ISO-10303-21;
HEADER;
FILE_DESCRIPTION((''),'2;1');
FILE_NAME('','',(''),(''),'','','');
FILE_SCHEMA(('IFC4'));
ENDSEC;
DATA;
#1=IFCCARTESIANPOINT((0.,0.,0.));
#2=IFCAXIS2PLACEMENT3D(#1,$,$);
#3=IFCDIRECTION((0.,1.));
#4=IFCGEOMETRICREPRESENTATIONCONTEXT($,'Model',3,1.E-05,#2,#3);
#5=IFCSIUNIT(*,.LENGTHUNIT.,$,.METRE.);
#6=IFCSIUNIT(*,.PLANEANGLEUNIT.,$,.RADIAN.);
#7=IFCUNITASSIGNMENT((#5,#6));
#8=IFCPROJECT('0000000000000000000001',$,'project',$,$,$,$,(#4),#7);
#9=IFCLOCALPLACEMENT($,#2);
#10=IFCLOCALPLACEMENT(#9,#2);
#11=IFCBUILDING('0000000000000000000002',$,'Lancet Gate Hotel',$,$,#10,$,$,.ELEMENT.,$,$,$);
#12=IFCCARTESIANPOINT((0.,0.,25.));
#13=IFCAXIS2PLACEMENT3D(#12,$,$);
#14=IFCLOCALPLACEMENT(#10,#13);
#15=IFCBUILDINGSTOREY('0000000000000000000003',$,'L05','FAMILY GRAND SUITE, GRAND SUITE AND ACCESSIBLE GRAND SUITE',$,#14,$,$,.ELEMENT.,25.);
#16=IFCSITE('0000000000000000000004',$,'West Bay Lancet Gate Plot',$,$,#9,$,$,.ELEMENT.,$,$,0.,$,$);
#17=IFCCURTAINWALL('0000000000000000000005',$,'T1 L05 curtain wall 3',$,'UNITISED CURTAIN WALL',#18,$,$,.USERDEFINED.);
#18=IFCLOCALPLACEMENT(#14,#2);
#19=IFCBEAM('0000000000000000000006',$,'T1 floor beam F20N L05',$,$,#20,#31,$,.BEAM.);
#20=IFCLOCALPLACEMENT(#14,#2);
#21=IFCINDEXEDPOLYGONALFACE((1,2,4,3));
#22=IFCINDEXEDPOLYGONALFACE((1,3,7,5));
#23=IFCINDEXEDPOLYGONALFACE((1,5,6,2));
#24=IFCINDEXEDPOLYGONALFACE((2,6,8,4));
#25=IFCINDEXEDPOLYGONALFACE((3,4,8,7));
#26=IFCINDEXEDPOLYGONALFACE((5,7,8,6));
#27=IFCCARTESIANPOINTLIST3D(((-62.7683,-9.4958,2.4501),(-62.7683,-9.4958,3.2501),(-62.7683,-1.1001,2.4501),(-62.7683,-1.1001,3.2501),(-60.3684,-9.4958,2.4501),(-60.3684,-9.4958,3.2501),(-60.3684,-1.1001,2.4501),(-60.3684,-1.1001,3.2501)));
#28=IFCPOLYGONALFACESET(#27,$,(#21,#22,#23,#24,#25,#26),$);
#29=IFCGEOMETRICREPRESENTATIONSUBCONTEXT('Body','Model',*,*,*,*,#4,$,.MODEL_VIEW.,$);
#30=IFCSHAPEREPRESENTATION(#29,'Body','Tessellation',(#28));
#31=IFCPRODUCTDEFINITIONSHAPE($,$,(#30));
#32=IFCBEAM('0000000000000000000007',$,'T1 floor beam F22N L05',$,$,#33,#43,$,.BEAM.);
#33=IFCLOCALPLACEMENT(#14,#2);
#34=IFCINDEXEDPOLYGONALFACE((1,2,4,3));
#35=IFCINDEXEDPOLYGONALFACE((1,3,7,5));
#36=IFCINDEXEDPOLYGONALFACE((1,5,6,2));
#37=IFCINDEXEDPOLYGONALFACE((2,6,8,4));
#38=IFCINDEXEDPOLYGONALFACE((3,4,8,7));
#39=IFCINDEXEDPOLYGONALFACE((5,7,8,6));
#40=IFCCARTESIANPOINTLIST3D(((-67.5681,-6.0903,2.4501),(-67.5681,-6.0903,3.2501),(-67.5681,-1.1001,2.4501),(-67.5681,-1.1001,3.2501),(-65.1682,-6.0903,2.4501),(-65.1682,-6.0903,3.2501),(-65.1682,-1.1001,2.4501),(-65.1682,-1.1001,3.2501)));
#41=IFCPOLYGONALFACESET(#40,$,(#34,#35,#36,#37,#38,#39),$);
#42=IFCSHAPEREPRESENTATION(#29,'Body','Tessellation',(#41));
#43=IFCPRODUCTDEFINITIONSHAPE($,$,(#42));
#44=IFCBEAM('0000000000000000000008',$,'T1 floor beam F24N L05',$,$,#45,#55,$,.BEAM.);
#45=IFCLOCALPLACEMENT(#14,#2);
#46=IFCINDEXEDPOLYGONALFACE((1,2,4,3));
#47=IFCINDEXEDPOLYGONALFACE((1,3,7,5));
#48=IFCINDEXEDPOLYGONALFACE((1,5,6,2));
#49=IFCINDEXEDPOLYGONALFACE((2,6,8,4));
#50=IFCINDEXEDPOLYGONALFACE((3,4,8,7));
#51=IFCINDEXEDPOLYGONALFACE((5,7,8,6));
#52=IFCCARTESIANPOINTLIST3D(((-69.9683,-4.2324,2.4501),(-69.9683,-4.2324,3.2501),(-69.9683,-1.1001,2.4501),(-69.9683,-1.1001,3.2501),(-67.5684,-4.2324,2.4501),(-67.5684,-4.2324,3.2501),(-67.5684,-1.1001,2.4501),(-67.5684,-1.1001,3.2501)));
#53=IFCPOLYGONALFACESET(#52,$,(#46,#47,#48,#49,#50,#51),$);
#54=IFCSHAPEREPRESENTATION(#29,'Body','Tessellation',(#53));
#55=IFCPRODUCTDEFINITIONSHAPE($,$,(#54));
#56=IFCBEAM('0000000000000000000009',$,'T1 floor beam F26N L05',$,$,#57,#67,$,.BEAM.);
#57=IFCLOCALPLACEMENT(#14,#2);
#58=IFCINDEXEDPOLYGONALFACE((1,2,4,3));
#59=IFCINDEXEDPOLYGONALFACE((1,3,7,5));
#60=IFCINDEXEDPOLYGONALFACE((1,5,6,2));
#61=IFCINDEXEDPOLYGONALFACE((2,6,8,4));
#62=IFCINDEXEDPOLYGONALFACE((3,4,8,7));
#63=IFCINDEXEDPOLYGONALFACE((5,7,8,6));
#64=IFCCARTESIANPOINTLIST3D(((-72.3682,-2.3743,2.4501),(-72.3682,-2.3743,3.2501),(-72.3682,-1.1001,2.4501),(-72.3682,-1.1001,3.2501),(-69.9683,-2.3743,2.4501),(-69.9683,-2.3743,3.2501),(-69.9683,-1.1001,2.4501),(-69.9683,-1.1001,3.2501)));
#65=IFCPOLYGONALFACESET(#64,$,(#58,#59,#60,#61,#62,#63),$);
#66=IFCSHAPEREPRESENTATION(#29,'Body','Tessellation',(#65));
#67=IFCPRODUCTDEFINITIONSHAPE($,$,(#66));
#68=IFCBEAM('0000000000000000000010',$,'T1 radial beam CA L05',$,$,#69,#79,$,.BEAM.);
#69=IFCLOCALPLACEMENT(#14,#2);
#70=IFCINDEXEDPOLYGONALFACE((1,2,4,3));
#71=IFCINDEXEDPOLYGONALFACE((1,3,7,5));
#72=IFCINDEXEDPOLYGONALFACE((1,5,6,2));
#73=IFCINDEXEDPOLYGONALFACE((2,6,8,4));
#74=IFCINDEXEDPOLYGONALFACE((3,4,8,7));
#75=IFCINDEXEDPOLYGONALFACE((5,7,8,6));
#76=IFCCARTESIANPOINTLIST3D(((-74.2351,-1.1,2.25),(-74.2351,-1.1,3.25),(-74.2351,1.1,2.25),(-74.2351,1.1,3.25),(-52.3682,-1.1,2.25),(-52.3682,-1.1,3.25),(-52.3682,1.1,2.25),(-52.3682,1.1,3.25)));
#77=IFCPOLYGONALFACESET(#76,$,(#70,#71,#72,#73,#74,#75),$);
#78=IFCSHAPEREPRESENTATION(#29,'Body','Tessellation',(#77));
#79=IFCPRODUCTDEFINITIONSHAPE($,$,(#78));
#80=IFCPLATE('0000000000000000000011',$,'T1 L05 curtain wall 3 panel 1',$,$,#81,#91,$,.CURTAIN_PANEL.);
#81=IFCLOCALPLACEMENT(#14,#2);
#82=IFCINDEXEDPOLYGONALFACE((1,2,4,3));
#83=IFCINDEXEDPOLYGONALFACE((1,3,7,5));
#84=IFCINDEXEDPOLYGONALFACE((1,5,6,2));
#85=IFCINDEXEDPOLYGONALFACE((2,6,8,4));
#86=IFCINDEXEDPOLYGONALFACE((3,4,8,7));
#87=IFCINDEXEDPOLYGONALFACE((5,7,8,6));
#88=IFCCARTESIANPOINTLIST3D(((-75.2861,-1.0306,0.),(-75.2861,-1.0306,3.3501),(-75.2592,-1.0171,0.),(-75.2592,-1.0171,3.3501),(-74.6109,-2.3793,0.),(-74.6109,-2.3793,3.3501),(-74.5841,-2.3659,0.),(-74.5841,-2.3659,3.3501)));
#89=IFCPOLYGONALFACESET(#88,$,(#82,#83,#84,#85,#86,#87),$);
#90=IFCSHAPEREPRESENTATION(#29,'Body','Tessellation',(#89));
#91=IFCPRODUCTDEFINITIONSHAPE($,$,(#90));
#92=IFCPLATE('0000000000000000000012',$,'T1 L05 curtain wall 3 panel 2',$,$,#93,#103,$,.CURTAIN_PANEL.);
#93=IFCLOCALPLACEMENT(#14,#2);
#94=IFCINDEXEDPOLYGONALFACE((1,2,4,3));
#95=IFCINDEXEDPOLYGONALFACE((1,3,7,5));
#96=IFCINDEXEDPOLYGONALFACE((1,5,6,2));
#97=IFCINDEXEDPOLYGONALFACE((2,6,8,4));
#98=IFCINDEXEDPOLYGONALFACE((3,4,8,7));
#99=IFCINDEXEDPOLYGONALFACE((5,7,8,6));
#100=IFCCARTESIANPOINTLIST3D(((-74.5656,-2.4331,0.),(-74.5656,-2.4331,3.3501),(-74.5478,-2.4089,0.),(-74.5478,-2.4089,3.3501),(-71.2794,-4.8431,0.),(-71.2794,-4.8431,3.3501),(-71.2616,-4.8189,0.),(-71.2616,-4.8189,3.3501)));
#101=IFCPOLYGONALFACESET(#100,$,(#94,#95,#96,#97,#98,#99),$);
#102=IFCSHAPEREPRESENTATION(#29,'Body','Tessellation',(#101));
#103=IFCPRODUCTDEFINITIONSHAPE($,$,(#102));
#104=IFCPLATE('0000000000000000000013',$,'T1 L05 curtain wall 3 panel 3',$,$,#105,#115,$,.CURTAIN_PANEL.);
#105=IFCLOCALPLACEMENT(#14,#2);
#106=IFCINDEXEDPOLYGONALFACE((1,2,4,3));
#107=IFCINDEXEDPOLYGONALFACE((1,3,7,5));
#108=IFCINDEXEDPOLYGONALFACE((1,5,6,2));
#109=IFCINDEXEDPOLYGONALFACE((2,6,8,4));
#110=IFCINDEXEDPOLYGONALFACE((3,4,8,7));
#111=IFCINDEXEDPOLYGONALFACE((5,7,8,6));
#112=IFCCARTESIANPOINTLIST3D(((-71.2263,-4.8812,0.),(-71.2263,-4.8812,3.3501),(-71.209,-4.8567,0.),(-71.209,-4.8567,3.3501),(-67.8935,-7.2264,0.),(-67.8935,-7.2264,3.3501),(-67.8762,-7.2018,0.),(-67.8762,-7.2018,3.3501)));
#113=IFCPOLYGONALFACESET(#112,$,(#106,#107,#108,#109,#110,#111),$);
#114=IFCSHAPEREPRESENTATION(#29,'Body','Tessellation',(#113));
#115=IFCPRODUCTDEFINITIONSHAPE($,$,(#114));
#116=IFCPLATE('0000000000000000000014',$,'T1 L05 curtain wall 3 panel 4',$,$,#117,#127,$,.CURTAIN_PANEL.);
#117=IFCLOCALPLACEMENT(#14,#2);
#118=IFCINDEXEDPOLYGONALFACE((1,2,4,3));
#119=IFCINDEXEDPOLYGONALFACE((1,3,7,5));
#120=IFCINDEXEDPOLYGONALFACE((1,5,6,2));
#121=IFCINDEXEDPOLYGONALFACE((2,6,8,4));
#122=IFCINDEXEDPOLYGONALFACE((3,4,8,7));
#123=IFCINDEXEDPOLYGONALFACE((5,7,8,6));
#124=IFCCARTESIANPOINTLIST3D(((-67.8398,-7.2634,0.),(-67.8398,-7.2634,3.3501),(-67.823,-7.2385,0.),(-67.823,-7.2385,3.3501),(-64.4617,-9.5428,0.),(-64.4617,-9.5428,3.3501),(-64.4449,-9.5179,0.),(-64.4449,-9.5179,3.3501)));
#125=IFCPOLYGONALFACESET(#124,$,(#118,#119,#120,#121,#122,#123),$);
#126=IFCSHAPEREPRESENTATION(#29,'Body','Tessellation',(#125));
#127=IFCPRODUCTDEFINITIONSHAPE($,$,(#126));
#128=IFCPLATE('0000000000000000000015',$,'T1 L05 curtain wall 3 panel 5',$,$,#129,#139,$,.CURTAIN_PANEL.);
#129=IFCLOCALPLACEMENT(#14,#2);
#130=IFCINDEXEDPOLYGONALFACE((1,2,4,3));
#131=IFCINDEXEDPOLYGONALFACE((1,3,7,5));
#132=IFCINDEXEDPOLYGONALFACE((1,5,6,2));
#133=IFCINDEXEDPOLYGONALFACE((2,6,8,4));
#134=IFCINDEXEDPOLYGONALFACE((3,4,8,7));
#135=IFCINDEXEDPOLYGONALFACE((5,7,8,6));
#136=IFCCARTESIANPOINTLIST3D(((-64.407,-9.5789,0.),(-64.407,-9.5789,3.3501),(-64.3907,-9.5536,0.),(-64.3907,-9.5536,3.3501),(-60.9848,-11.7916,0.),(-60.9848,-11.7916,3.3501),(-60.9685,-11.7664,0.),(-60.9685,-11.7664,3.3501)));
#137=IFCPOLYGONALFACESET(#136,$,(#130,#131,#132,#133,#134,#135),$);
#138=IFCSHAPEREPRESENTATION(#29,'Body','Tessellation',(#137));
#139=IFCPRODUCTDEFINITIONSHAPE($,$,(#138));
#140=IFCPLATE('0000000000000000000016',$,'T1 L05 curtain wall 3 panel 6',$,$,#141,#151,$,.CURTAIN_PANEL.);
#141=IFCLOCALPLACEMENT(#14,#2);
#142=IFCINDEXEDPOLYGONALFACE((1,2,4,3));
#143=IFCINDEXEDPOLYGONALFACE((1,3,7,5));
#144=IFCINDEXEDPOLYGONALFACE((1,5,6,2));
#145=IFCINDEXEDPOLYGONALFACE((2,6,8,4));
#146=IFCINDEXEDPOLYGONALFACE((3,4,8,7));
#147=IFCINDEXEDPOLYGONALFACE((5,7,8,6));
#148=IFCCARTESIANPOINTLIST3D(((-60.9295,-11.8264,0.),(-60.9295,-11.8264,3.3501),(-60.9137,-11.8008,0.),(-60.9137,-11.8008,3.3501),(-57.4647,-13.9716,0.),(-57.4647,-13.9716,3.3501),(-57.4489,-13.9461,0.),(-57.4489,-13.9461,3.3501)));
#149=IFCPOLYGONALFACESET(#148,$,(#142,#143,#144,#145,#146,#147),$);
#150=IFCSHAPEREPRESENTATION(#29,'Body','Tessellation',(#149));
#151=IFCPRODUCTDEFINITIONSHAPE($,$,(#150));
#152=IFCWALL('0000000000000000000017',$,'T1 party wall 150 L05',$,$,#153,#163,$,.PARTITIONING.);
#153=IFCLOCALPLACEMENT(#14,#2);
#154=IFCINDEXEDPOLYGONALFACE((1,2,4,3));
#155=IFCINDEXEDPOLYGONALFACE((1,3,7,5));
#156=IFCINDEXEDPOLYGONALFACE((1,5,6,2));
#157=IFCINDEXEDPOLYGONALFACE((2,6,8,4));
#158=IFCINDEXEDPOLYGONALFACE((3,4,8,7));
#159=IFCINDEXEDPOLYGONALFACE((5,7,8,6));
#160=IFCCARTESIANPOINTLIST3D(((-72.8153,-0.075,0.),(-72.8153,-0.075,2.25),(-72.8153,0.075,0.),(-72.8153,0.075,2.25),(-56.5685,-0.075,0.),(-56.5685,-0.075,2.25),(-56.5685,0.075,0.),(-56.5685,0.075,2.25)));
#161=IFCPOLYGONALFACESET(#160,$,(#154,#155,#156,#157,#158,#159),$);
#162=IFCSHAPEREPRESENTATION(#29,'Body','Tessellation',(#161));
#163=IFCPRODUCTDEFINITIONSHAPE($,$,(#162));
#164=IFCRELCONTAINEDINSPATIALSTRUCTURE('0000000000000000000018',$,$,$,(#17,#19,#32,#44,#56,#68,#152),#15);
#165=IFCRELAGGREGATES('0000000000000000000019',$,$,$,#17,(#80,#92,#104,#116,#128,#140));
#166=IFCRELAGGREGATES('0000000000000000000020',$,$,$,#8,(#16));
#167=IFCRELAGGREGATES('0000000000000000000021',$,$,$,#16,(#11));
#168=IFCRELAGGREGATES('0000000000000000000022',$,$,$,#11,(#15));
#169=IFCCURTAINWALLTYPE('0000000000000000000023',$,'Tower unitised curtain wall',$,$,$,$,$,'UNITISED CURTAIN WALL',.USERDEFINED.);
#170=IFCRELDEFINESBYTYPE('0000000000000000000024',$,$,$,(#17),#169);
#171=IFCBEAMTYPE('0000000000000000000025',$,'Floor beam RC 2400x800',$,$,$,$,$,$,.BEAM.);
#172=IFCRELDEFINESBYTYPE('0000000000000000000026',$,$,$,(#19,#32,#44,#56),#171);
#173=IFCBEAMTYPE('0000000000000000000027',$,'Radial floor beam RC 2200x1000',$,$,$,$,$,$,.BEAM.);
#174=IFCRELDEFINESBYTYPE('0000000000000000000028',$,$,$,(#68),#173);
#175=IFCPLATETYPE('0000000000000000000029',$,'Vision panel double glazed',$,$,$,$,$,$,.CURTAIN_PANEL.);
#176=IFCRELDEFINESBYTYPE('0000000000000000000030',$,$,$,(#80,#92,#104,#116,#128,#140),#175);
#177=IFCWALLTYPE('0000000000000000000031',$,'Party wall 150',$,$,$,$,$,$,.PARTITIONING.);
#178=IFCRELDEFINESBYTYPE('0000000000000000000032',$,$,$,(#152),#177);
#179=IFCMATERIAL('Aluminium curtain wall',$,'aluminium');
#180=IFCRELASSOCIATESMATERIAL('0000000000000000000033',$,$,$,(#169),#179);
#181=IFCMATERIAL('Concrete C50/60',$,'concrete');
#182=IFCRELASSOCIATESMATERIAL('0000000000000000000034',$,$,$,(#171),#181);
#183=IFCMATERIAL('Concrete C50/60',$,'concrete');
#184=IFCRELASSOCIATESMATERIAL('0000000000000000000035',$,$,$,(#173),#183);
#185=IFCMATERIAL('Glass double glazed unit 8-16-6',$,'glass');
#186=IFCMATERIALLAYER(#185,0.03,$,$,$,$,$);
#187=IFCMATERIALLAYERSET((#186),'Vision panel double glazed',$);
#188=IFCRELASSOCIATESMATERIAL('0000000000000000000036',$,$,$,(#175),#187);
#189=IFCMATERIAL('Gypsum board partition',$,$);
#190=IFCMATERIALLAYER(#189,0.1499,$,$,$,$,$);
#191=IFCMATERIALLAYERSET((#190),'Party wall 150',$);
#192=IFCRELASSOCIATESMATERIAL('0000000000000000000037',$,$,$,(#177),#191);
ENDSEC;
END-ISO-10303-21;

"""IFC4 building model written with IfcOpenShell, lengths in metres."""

from ifc_helpers import new_model, si_unit, direction, frame, frame_2d, origin, origin_2d, place, context, subcontext, project, spatial, rectangle, extrude, material, layer, layer_set, material_profile, profile_set, type_object, element, aggregate, save


model = new_model("IFC4")

# Units and contexts
model_context = context("Model", 3, precision=1e-05, world=origin(), true_north=direction((0.0, 1.0)))
body_context = subcontext(model_context, "Body", "Model", "MODEL_VIEW")
ifc_project = project(units=[si_unit("LENGTHUNIT", "METRE"), si_unit("PLANEANGLEUNIT", "RADIAN")], contexts=[model_context])

# Site, building, storey
site_placement = place(None, origin())
site = spatial("IfcSite", under=ifc_project, at=site_placement, Name="West Bay Lancet Gate Plot", CompositionType="ELEMENT", RefElevation=0.0)
building_placement = place(site_placement, origin())
building = spatial("IfcBuilding", under=site, at=building_placement, Name="Lancet Gate Hotel", CompositionType="ELEMENT")
storey_placement = place(building_placement, frame((0.0, 0.0, 25.0)))
storey = spatial("IfcBuildingStorey", under=building, at=storey_placement, Name="L05", Description="FAMILY GRAND SUITE, GRAND SUITE AND ACCESSIBLE GRAND SUITE", CompositionType="ELEMENT", Elevation=25.0)

# Curtain wall
ifc_material_1 = material(Name="Aluminium curtain wall", Category="aluminium")
curtain_wall_type = type_object("IfcCurtainWallType", Name="Tower unitised curtain wall", ElementType="UNITISED CURTAIN WALL", PredefinedType="USERDEFINED", material=ifc_material_1)
curtain_wall_placement = place(storey_placement, origin())
curtain_wall = element("IfcCurtainWall", 1, at=curtain_wall_placement, inside=storey, type_object=curtain_wall_type, Name="T1 L05 curtain wall 3", ObjectType="UNITISED CURTAIN WALL", PredefinedType="USERDEFINED")

# Beams
ifc_material_2 = material(Name="Concrete C50/60", Category="concrete")
ifc_material_profile_1 = material_profile(ifc_material_2, rectangle(XDim=2.3999, YDim=0.8, at=origin_2d()), Name="RC 2400x800")
ifc_profile_set_1 = profile_set([ifc_material_profile_1], Name="Concrete C50/60")
beam_type_1 = type_object("IfcBeamType", Name="Floor beam RC 2400x800", PredefinedType="BEAM", material=ifc_profile_set_1)
beam_1_placement = place(storey_placement, frame((-61.5684, -1.1001, 2.8501), z_axis=(0.0, -1.0, 0.0), x_axis=(1.0, 0.0, 0.0)))
element("IfcBeam", 2, at=beam_1_placement, inside=storey, type_object=beam_type_1, Name="T1 floor beam F20N L05", PredefinedType="BEAM", context=body_context, shape_type="SweptSolid", body=[
    extrude(rectangle(XDim=2.3999, YDim=0.8, at=origin_2d()), origin(), (0.0, 0.0, 1.0), 8.3958),
])
beam_2_placement = place(storey_placement, frame((-66.3682, -1.1001, 2.8501), z_axis=(0.0, -1.0, 0.0), x_axis=(1.0, 0.0, 0.0)))
element("IfcBeam", 3, at=beam_2_placement, inside=storey, type_object=beam_type_1, Name="T1 floor beam F22N L05", PredefinedType="BEAM", context=body_context, shape_type="SweptSolid", body=[
    extrude(rectangle(XDim=2.3999, YDim=0.8, at=origin_2d()), origin(), (0.0, 0.0, 1.0), 4.9902),
])
beam_3_placement = place(storey_placement, frame((-68.7683, -1.1001, 2.8501), z_axis=(0.0, -1.0, 0.0), x_axis=(1.0, 0.0, 0.0)))
element("IfcBeam", 4, at=beam_3_placement, inside=storey, type_object=beam_type_1, Name="T1 floor beam F24N L05", PredefinedType="BEAM", context=body_context, shape_type="SweptSolid", body=[
    extrude(rectangle(XDim=2.3999, YDim=0.8, at=origin_2d()), origin(), (0.0, 0.0, 1.0), 3.1323),
])
beam_4_placement = place(storey_placement, frame((-71.1682, -1.1001, 2.8501), z_axis=(0.0, -1.0, 0.0), x_axis=(1.0, 0.0, 0.0)))
element("IfcBeam", 5, at=beam_4_placement, inside=storey, type_object=beam_type_1, Name="T1 floor beam F26N L05", PredefinedType="BEAM", context=body_context, shape_type="SweptSolid", body=[
    extrude(rectangle(XDim=2.3999, YDim=0.8, at=origin_2d()), origin(), (0.0, 0.0, 1.0), 1.2742),
])
ifc_material_3 = material(Name="Concrete C50/60", Category="concrete")
ifc_material_profile_2 = material_profile(ifc_material_3, rectangle(XDim=2.2, YDim=1.0, at=origin_2d()), Name="RC 2200x1000")
ifc_profile_set_2 = profile_set([ifc_material_profile_2], Name="Concrete C50/60")
beam_type_2 = type_object("IfcBeamType", Name="Radial floor beam RC 2200x1000", PredefinedType="BEAM", material=ifc_profile_set_2)
beam_5_placement = place(storey_placement, frame((-74.2351, 0.0, 2.75), z_axis=(1.0, 0.0, 0.0), x_axis=(0.0, 1.0, 0.0)))
element("IfcBeam", 6, at=beam_5_placement, inside=storey, type_object=beam_type_2, Name="T1 radial beam CA L05", PredefinedType="BEAM", context=body_context, shape_type="SweptSolid", body=[
    extrude(rectangle(XDim=2.2, YDim=1.0, at=origin_2d()), origin(), (0.0, 0.0, 1.0), 21.8669),
])

# Plates
ifc_material_4 = material(Name="Glass double glazed unit 8-16-6", Category="glass")
ifc_layer_1 = layer(ifc_material_4, 0.03)
ifc_layer_set_1 = layer_set([ifc_layer_1], Name="Vision panel double glazed")
plate_type = type_object("IfcPlateType", Name="Vision panel double glazed", PredefinedType="CURTAIN_PANEL", material=ifc_layer_set_1)
plate_1_placement = place(storey_placement, frame((-74.9351, -1.6982, 0.0), z_axis=(0.0, 0.0, 1.0), x_axis=(0.447628, -0.89422, 0.0)))
plate_1 = element("IfcPlate", 7, at=plate_1_placement, type_object=plate_type, Name="T1 L05 curtain wall 3 panel 1", PredefinedType="CURTAIN_PANEL", context=body_context, shape_type="SweptSolid", body=[
    extrude(rectangle(XDim=1.5083, YDim=0.03, at=origin_2d()), origin(), (0.0, 0.0, 1.0), 3.3501),
])
plate_2_placement = place(storey_placement, frame((-72.9136, -3.626, 0.0), z_axis=(0.0, 0.0, 1.0), x_axis=(0.80639, -0.591384, 0.0)))
plate_2 = element("IfcPlate", 8, at=plate_2_placement, type_object=plate_type, Name="T1 L05 curtain wall 3 panel 2", PredefinedType="CURTAIN_PANEL", context=body_context, shape_type="SweptSolid", body=[
    extrude(rectangle(XDim=4.0752, YDim=0.03, at=origin_2d()), origin(), (0.0, 0.0, 1.0), 3.3501),
])
plate_3_placement = place(storey_placement, frame((-69.5513, -6.0415, 0.0), z_axis=(0.0, 0.0, 1.0), x_axis=(0.817825, -0.575467, 0.0)))
plate_3 = element("IfcPlate", 9, at=plate_3_placement, type_object=plate_type, Name="T1 L05 curtain wall 3 panel 3", PredefinedType="CURTAIN_PANEL", context=body_context, shape_type="SweptSolid", body=[
    extrude(rectangle(XDim=4.0752, YDim=0.03, at=origin_2d()), origin(), (0.0, 0.0, 1.0), 3.3501),
])
plate_4_placement = place(storey_placement, frame((-66.1423, -8.3906, 0.0), z_axis=(0.0, 0.0, 1.0), x_axis=(0.828946, -0.559329, 0.0)))
plate_4 = element("IfcPlate", 10, at=plate_4_placement, type_object=plate_type, Name="T1 L05 curtain wall 3 panel 4", PredefinedType="CURTAIN_PANEL", context=body_context, shape_type="SweptSolid", body=[
    extrude(rectangle(XDim=4.0752, YDim=0.03, at=origin_2d()), origin(), (0.0, 0.0, 1.0), 3.3501),
])
plate_5_placement = place(storey_placement, frame((-62.6877, -10.6726, 0.0), z_axis=(0.0, 0.0, 1.0), x_axis=(0.839749, -0.542975, 0.0)))
plate_5 = element("IfcPlate", 11, at=plate_5_placement, type_object=plate_type, Name="T1 L05 curtain wall 3 panel 5", PredefinedType="CURTAIN_PANEL", context=body_context, shape_type="SweptSolid", body=[
    extrude(rectangle(XDim=4.0752, YDim=0.03, at=origin_2d()), origin(), (0.0, 0.0, 1.0), 3.3501),
])
plate_6_placement = place(storey_placement, frame((-59.1892, -12.8862, 0.0), z_axis=(0.0, 0.0, 1.0), x_axis=(0.850229, -0.526414, 0.0)))
plate_6 = element("IfcPlate", 12, at=plate_6_placement, type_object=plate_type, Name="T1 L05 curtain wall 3 panel 6", PredefinedType="CURTAIN_PANEL", context=body_context, shape_type="SweptSolid", body=[
    extrude(rectangle(XDim=4.0752, YDim=0.03, at=origin_2d()), origin(), (0.0, 0.0, 1.0), 3.3501),
])
aggregate(curtain_wall, [plate_1, plate_2, plate_3, plate_4, plate_5, plate_6])

# Wall
ifc_material_5 = material(Name="Gypsum board partition")
ifc_layer_2 = layer(ifc_material_5, 0.1499)
ifc_layer_set_2 = layer_set([ifc_layer_2], Name="Party wall 150")
wall_type = type_object("IfcWallType", Name="Party wall 150", PredefinedType="PARTITIONING", material=ifc_layer_set_2)
wall_placement = place(storey_placement, frame((-56.5684, 0.0, 0.0), z_axis=(0.0, 0.0, 1.0), x_axis=(-1.0, 0.0, 0.0)))
element("IfcWall", 13, at=wall_placement, inside=storey, type_object=wall_type, Name="T1 party wall 150 L05", PredefinedType="PARTITIONING", context=body_context, shape_type="SweptSolid", body=[
    extrude(rectangle(XDim=16.2468, YDim=0.1499, at=frame_2d((8.1235, 0.0))), origin(), (0.0, 0.0, 1.0), 2.25),
])

save(model, "model.ifc")
